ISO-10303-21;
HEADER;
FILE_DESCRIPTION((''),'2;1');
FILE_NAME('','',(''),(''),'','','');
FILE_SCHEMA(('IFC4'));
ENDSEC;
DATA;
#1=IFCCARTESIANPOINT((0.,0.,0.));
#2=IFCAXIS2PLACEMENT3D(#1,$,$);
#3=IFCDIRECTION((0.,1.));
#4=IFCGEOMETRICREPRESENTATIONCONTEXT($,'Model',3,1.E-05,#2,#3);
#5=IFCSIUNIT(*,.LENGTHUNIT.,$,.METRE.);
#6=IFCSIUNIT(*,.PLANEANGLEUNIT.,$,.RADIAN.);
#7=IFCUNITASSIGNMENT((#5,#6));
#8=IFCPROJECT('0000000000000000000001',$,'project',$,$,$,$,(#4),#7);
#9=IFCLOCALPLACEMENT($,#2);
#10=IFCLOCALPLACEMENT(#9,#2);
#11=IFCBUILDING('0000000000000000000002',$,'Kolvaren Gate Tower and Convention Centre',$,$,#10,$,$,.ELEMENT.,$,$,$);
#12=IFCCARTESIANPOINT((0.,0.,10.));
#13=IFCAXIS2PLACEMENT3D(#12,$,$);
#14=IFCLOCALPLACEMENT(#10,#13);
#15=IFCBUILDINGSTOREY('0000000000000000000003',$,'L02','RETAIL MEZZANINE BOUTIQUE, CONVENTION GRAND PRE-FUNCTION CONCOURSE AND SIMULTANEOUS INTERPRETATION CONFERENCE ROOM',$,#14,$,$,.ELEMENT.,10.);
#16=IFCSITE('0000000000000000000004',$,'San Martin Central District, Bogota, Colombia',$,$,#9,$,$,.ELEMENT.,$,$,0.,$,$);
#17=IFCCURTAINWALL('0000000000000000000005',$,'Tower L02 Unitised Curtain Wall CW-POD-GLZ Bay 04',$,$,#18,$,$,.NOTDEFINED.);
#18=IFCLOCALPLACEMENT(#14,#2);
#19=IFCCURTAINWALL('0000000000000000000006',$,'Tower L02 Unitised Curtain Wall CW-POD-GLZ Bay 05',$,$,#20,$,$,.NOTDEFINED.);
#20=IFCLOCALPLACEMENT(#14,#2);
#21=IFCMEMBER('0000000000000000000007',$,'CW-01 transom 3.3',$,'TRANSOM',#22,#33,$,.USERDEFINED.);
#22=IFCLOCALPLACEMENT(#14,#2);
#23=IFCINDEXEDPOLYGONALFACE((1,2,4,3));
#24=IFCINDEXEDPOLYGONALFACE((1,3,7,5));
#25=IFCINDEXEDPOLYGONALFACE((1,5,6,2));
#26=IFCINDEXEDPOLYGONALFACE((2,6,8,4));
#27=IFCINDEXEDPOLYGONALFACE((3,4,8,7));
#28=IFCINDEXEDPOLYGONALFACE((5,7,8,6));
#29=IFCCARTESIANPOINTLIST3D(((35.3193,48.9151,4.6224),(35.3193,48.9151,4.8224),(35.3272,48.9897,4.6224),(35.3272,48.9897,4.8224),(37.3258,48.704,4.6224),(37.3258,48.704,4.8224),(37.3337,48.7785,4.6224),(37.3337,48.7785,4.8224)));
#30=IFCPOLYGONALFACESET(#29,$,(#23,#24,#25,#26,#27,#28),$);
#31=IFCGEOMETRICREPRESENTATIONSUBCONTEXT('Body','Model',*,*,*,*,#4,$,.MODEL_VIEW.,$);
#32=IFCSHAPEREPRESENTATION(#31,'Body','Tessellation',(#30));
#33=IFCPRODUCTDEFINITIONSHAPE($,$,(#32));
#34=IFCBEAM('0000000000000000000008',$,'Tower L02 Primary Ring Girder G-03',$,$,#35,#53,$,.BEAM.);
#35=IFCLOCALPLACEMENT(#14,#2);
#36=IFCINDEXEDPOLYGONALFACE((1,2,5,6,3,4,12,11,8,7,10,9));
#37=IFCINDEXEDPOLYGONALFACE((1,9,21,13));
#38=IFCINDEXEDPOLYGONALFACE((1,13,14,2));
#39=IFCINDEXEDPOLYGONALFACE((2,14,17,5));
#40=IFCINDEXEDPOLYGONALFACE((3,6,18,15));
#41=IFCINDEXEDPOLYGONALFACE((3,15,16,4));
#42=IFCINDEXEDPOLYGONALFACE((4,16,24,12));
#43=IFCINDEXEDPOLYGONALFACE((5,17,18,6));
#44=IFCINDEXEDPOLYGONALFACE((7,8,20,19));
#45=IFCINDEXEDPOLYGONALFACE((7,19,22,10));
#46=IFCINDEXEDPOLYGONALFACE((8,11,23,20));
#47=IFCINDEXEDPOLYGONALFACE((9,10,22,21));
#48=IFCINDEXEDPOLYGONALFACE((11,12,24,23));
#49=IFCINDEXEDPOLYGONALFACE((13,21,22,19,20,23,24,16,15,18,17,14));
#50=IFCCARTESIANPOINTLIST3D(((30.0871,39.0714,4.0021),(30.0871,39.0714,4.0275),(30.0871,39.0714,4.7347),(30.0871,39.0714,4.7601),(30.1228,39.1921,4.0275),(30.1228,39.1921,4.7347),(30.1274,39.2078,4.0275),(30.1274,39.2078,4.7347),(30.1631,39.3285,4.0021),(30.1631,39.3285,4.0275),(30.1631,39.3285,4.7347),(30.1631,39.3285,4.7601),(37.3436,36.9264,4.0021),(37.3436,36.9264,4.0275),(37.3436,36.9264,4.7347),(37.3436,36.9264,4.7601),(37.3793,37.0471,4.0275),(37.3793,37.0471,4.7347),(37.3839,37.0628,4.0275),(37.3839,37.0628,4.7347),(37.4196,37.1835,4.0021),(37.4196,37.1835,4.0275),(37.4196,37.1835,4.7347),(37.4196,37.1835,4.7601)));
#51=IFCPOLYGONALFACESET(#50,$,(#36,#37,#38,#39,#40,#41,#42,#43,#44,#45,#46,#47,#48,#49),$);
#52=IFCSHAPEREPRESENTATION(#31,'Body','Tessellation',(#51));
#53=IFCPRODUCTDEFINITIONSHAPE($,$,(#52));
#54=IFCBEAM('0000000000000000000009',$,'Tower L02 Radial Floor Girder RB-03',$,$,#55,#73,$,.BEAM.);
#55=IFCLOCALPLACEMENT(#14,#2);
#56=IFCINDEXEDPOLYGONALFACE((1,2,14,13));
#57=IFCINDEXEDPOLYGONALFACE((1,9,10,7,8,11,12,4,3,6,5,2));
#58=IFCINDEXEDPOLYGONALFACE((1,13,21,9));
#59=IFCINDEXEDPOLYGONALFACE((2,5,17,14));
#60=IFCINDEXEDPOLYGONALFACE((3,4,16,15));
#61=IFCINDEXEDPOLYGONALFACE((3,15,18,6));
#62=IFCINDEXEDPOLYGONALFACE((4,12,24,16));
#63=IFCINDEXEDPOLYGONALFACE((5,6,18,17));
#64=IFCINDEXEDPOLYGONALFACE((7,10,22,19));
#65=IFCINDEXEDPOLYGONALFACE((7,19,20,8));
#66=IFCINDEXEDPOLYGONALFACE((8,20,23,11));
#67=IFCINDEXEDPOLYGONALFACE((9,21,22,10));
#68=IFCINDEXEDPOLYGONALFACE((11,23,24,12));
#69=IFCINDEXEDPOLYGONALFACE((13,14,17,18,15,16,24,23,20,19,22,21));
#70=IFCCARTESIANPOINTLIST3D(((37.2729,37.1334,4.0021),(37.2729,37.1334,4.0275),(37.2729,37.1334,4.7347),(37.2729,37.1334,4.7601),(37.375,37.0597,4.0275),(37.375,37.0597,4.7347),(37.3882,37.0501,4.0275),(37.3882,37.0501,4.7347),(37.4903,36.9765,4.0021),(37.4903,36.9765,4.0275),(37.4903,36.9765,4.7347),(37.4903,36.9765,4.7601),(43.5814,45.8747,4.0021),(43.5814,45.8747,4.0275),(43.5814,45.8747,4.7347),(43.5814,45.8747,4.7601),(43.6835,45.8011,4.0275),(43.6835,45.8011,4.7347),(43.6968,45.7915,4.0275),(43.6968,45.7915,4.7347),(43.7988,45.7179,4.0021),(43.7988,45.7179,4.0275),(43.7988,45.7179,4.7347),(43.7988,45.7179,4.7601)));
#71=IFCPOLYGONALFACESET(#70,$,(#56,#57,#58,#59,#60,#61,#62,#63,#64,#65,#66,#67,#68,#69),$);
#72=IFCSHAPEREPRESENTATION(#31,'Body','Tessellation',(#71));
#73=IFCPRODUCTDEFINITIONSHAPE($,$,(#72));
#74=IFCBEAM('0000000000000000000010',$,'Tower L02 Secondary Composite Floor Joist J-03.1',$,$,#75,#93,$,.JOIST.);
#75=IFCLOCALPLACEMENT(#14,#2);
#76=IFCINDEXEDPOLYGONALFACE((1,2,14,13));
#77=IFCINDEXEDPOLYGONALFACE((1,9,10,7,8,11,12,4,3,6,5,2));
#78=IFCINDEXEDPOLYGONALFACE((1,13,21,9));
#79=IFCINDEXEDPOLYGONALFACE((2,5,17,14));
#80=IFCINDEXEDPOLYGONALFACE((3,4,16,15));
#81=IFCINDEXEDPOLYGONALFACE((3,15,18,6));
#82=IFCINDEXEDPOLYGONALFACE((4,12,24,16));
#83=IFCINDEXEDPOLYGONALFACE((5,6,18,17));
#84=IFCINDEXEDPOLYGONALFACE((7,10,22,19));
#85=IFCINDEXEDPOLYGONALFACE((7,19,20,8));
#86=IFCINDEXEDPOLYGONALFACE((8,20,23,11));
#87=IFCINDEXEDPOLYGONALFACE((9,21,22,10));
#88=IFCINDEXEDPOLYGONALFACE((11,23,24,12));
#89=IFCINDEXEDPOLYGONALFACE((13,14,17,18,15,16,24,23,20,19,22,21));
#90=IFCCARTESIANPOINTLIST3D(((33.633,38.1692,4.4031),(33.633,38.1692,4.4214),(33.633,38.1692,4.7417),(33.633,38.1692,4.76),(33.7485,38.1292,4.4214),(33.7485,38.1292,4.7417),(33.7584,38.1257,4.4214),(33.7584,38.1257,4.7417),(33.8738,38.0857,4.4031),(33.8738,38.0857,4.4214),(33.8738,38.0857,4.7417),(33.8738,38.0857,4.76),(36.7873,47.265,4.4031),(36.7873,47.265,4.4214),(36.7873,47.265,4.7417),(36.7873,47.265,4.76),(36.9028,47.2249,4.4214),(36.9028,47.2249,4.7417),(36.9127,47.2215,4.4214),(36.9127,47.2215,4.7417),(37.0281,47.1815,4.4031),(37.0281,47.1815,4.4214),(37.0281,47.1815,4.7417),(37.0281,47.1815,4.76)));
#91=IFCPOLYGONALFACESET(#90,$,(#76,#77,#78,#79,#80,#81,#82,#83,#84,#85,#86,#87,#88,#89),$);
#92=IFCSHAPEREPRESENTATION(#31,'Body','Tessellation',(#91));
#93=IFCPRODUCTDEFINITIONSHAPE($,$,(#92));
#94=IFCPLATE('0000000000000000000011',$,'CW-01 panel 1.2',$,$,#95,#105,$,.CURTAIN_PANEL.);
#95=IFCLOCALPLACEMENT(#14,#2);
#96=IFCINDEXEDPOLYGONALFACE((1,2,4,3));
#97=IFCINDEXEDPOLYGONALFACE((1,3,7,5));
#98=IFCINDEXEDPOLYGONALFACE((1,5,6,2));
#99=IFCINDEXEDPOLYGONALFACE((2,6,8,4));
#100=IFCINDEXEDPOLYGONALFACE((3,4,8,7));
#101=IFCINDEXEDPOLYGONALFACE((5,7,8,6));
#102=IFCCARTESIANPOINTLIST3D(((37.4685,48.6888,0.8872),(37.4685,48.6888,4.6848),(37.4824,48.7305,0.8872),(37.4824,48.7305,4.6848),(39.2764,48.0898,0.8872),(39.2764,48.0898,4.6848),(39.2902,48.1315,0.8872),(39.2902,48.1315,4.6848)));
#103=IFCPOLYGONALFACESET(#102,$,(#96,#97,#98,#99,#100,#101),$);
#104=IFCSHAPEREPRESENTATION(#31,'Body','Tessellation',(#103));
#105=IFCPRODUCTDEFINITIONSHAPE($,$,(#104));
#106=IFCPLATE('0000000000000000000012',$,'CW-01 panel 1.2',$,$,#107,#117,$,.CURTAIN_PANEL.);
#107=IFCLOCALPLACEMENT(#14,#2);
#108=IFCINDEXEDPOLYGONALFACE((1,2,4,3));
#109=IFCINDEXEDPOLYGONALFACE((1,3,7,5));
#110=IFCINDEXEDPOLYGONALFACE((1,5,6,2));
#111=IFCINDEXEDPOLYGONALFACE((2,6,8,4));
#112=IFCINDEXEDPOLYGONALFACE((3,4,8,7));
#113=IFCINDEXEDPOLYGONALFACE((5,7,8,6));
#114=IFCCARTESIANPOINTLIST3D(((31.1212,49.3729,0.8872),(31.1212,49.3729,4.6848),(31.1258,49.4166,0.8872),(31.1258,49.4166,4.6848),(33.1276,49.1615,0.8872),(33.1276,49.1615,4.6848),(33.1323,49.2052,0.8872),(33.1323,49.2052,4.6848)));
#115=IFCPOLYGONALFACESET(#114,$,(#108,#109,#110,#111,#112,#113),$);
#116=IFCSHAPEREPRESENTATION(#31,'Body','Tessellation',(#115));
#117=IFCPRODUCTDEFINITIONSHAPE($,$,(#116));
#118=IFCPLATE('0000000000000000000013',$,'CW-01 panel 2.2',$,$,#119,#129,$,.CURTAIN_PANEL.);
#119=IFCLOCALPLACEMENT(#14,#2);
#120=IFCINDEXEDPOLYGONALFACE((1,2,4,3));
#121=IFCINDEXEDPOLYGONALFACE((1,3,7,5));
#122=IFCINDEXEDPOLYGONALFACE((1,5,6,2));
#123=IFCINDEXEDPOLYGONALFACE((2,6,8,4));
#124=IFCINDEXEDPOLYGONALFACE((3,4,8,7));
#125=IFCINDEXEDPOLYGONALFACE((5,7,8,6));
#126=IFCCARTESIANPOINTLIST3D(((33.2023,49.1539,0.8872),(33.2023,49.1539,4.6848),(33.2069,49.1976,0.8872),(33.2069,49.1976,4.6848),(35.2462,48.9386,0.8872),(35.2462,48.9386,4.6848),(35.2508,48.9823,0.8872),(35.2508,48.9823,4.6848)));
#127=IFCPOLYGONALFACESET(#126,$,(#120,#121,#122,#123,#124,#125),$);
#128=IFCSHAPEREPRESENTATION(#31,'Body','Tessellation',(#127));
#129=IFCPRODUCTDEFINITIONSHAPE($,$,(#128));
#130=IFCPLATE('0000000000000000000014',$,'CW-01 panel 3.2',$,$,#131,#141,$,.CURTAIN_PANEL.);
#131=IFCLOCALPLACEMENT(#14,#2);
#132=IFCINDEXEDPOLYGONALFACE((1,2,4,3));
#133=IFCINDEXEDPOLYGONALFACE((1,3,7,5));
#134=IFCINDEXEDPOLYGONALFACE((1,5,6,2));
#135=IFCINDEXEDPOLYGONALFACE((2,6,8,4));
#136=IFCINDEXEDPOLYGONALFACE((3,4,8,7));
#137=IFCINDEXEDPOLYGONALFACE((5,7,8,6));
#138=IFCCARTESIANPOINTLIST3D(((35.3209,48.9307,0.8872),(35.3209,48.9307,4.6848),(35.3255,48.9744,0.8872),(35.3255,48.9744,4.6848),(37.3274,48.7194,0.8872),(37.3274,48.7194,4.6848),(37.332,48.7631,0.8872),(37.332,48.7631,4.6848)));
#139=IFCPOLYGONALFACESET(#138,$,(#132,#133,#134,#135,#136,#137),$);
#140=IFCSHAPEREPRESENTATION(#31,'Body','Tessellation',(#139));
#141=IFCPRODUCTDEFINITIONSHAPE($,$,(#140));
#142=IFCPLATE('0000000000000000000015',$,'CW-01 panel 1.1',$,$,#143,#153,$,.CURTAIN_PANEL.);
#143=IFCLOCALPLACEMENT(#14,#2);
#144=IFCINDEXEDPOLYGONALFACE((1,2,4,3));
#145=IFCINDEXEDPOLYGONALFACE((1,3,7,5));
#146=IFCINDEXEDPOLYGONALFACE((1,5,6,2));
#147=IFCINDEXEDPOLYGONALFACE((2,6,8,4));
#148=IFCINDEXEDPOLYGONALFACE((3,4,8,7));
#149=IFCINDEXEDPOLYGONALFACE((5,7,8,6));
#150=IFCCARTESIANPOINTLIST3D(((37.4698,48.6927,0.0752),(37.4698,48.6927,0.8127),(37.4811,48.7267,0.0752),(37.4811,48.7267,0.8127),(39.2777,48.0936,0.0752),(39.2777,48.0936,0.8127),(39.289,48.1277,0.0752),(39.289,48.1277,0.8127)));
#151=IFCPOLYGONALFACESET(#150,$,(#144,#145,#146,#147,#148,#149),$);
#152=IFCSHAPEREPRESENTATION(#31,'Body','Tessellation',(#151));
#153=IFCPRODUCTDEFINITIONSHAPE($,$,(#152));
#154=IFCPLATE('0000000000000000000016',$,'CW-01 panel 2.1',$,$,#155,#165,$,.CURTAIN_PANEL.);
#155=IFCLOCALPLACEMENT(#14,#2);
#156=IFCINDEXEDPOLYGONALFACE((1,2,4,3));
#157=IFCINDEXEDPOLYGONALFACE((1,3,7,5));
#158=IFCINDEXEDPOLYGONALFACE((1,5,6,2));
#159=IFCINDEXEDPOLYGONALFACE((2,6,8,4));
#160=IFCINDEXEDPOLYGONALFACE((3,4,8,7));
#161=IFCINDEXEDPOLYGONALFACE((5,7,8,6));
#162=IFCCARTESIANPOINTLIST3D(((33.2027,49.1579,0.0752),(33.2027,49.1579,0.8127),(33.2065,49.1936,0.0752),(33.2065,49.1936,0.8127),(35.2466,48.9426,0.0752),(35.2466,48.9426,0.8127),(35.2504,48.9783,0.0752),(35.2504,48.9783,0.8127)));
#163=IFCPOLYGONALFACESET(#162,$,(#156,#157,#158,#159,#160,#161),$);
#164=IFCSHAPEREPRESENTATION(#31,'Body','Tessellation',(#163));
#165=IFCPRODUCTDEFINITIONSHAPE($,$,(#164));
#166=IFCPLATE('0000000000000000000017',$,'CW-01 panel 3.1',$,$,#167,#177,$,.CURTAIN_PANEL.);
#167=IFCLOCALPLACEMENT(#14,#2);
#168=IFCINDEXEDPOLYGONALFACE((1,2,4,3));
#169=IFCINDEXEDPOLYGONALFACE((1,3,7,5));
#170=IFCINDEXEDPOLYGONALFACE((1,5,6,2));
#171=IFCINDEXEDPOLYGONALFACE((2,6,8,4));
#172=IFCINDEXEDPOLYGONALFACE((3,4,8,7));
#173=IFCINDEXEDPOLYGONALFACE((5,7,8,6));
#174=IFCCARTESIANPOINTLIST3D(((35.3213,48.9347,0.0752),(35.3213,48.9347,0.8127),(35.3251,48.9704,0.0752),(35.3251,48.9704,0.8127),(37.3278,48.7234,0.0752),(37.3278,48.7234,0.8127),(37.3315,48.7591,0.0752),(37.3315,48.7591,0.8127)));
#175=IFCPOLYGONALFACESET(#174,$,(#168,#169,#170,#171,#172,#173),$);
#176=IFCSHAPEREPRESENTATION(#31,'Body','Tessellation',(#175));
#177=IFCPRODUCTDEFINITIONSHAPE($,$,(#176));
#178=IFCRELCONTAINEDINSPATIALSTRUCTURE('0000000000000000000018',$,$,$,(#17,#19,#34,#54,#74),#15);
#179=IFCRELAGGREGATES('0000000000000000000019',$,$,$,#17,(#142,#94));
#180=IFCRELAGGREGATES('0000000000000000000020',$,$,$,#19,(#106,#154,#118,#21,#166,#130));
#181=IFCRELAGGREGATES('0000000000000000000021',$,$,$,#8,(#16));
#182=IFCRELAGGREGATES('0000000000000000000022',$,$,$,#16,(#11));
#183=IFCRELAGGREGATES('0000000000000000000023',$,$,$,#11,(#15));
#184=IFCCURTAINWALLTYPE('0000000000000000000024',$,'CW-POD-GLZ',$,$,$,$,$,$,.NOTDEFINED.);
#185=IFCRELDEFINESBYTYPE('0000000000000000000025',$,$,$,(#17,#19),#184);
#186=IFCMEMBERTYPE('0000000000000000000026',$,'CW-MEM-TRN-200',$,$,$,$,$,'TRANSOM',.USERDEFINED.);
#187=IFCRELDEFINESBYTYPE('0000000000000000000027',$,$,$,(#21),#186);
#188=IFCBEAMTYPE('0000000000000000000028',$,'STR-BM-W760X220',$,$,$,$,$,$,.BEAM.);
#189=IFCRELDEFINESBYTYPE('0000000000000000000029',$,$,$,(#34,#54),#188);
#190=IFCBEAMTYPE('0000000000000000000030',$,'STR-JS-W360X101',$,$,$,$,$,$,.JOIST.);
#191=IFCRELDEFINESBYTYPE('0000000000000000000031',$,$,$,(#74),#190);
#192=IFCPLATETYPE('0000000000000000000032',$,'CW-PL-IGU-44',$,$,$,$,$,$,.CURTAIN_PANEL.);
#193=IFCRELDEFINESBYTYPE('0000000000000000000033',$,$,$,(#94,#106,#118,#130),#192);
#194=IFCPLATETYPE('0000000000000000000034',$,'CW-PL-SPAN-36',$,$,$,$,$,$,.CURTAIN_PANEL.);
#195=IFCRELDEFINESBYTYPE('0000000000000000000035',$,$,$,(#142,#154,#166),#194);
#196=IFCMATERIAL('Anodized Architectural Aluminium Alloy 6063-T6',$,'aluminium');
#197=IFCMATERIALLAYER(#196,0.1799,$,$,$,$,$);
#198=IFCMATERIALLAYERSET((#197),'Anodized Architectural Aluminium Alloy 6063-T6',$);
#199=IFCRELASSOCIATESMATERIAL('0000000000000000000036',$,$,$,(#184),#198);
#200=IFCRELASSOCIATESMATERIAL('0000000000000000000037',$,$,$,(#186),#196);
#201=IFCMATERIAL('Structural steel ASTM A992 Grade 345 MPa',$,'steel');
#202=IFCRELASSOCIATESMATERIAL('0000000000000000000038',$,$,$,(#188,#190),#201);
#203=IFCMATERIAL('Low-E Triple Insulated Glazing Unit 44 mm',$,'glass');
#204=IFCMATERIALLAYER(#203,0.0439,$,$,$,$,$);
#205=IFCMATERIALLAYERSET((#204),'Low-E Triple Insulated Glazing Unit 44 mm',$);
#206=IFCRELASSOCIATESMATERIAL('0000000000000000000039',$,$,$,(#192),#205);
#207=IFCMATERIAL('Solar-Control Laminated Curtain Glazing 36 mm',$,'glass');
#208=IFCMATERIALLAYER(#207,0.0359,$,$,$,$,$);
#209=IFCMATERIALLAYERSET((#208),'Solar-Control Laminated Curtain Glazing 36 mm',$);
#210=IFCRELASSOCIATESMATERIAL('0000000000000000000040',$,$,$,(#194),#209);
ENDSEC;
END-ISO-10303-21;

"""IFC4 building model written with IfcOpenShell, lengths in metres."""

from ifc_helpers import new_model, si_unit, direction, frame, origin, origin_2d, place, context, subcontext, project, spatial, rectangle, i_section, extrude, material, layer, layer_set, material_profile, profile_set, type_object, element, aggregate, save


model = new_model("IFC4")

# Units and contexts
model_context = context("Model", 3, precision=1e-05, world=origin(), true_north=direction((0.0, 1.0)))
body_context = subcontext(model_context, "Body", "Model", "MODEL_VIEW")
ifc_project = project(units=[si_unit("LENGTHUNIT", "METRE"), si_unit("PLANEANGLEUNIT", "RADIAN")], contexts=[model_context])

# Site, building, storey
site_placement = place(None, origin())
site = spatial("IfcSite", under=ifc_project, at=site_placement, Name="San Martin Central District, Bogota, Colombia", CompositionType="ELEMENT", RefElevation=0.0)
building_placement = place(site_placement, origin())
building = spatial("IfcBuilding", under=site, at=building_placement, Name="Kolvaren Gate Tower and Convention Centre", CompositionType="ELEMENT")
storey_placement = place(building_placement, frame((0.0, 0.0, 10.0)))
storey = spatial("IfcBuildingStorey", under=building, at=storey_placement, Name="L02", Description="RETAIL MEZZANINE BOUTIQUE, CONVENTION GRAND PRE-FUNCTION CONCOURSE AND SIMULTANEOUS INTERPRETATION CONFERENCE ROOM", CompositionType="ELEMENT", Elevation=10.0)

# Curtain walls
ifc_material_1 = material(Name="Anodized Architectural Aluminium Alloy 6063-T6", Category="aluminium")
ifc_layer_1 = layer(ifc_material_1, 0.1799)
ifc_layer_set_1 = layer_set([ifc_layer_1], Name="Anodized Architectural Aluminium Alloy 6063-T6")
curtain_wall_type = type_object("IfcCurtainWallType", Name="CW-POD-GLZ", PredefinedType="NOTDEFINED", material=ifc_layer_set_1)
curtain_wall_1_placement = place(storey_placement, origin())
curtain_wall_1 = element("IfcCurtainWall", 1, at=curtain_wall_1_placement, inside=storey, type_object=curtain_wall_type, Name="Tower L02 Unitised Curtain Wall CW-POD-GLZ Bay 04", PredefinedType="NOTDEFINED")
curtain_wall_2_placement = place(storey_placement, origin())
curtain_wall_2 = element("IfcCurtainWall", 2, at=curtain_wall_2_placement, inside=storey, type_object=curtain_wall_type, Name="Tower L02 Unitised Curtain Wall CW-POD-GLZ Bay 05", PredefinedType="NOTDEFINED")

# Member
ifc_material_profile_1 = material_profile(ifc_material_1, rectangle(XDim=0.075, YDim=0.2, at=origin_2d()), Name="CW-MEM-TRN-200")
ifc_profile_set_1 = profile_set([ifc_material_profile_1], Name="Anodized Architectural Aluminium Alloy 6063-T6")
member_type_1 = type_object("IfcMemberType", Name="CW-MEM-TRN-200", ElementType="TRANSOM", PredefinedType="USERDEFINED", material=ifc_profile_set_1)
member_1_placement = place(storey_placement, frame((35.3232, 48.9524, 4.7224), z_axis=(0.994507, -0.104666, 0.0), x_axis=(0.104666, 0.994507, 0.0)))
member_1 = element("IfcMember", 3, at=member_1_placement, type_object=member_type_1, Name="CW-01 transom 3.3", ObjectType="TRANSOM", PredefinedType="USERDEFINED", context=body_context, shape_type="SweptSolid", body=[
    extrude(rectangle(XDim=0.075, YDim=0.2, at=origin_2d()), origin(), (0.0, 0.0, 1.0), 2.0176),
])

# Beams
ifc_material_2 = material(Name="Structural steel ASTM A992 Grade 345 MPa", Category="steel")
ifc_material_profile_2 = material_profile(ifc_material_2, i_section(OverallWidth=0.2681, OverallDepth=0.7581, WebThickness=0.0164, FlangeThickness=0.0254, at=origin_2d()), Name="W760X220")
ifc_profile_set_2 = profile_set([ifc_material_profile_2], Name="Structural steel ASTM A992 Grade 345 MPa")
beam_type_1 = type_object("IfcBeamType", Name="STR-BM-W760X220", PredefinedType="BEAM", material=ifc_profile_set_2)
beam_1_placement = place(storey_placement, frame((37.3816, 37.0549, 4.3811), z_axis=(-0.958981, 0.283471, 0.0), x_axis=(-0.283471, -0.958981, 0.0)))
element("IfcBeam", 4, at=beam_1_placement, inside=storey, type_object=beam_type_1, Name="Tower L02 Primary Ring Girder G-03", PredefinedType="BEAM", context=body_context, shape_type="SweptSolid", body=[
    extrude(i_section(OverallWidth=0.2681, OverallDepth=0.7581, WebThickness=0.0164, FlangeThickness=0.0254, at=origin_2d()), origin(), (0.0, 0.0, 1.0), 7.5669),
])
beam_2_placement = place(storey_placement, frame((37.3816, 37.0549, 4.3811), z_axis=(0.585205, 0.810885, 0.0), x_axis=(-0.810885, 0.585205, 0.0)))
element("IfcBeam", 5, at=beam_2_placement, inside=storey, type_object=beam_type_1, Name="Tower L02 Radial Floor Girder RB-03", PredefinedType="BEAM", context=body_context, shape_type="SweptSolid", body=[
    extrude(i_section(OverallWidth=0.2681, OverallDepth=0.7581, WebThickness=0.0164, FlangeThickness=0.0254, at=origin_2d()), origin(), (0.0, 0.0, 1.0), 10.78),
])
ifc_material_profile_3 = material_profile(ifc_material_2, i_section(OverallWidth=0.2549, OverallDepth=0.3569, WebThickness=0.0105, FlangeThickness=0.0183, at=origin_2d()), Name="W360X101")
ifc_profile_set_3 = profile_set([ifc_material_profile_3], Name="Structural steel ASTM A992 Grade 345 MPa")
beam_type_2 = type_object("IfcBeamType", Name="STR-JS-W360X101", PredefinedType="JOIST", material=ifc_profile_set_3)
beam_3_placement = place(storey_placement, frame((33.7534, 38.1274, 4.5815), z_axis=(0.327647, 0.9448, 0.0), x_axis=(-0.9448, 0.327647, 0.0)))
element("IfcBeam", 6, at=beam_3_placement, inside=storey, type_object=beam_type_2, Name="Tower L02 Secondary Composite Floor Joist J-03.1", PredefinedType="JOIST", context=body_context, shape_type="SweptSolid", body=[
    extrude(i_section(OverallWidth=0.2549, OverallDepth=0.3569, WebThickness=0.0105, FlangeThickness=0.0183, at=origin_2d()), origin(), (0.0, 0.0, 1.0), 9.6272),
])

# Plates
ifc_material_3 = material(Name="Low-E Triple Insulated Glazing Unit 44 mm", Category="glass")
ifc_layer_2 = layer(ifc_material_3, 0.0439)
ifc_layer_set_2 = layer_set([ifc_layer_2], Name="Low-E Triple Insulated Glazing Unit 44 mm")
plate_type_1 = type_object("IfcPlateType", Name="CW-PL-IGU-44", PredefinedType="CURTAIN_PANEL", material=ifc_layer_set_2)
plate_1_placement = place(storey_placement, frame((38.3794, 48.4102, 0.8872), z_axis=(0.0, 0.0, 1.0), x_axis=(0.949244, -0.314542, 0.0)))
plate_1 = element("IfcPlate", 7, at=plate_1_placement, type_object=plate_type_1, Name="CW-01 panel 1.2", PredefinedType="CURTAIN_PANEL", context=body_context, shape_type="SweptSolid", body=[
    extrude(rectangle(XDim=1.9045, YDim=0.0439, at=origin_2d()), origin(), (0.0, 0.0, 1.0), 3.7976),
])
plate_2_placement = place(storey_placement, frame((32.1267, 49.2891, 0.8872), z_axis=(0.0, 0.0, 1.0), x_axis=(0.994499, -0.104748, 0.0)))
plate_2 = element("IfcPlate", 8, at=plate_2_placement, type_object=plate_type_1, Name="CW-01 panel 1.2", PredefinedType="CURTAIN_PANEL", context=body_context, shape_type="SweptSolid", body=[
    extrude(rectangle(XDim=2.0176, YDim=0.0439, at=origin_2d()), origin(), (0.0, 0.0, 1.0), 3.7976),
])
plate_3_placement = place(storey_placement, frame((34.2266, 49.0681, 0.8872), z_axis=(0.0, 0.0, 1.0), x_axis=(0.994499, -0.104748, 0.0)))
plate_3 = element("IfcPlate", 9, at=plate_3_placement, type_object=plate_type_1, Name="CW-01 panel 2.2", PredefinedType="CURTAIN_PANEL", context=body_context, shape_type="SweptSolid", body=[
    extrude(rectangle(XDim=2.0552, YDim=0.0439, at=origin_2d()), origin(), (0.0, 0.0, 1.0), 3.7976),
])
plate_4_placement = place(storey_placement, frame((36.3264, 48.8469, 0.8872), z_axis=(0.0, 0.0, 1.0), x_axis=(0.994499, -0.104748, 0.0)))
plate_4 = element("IfcPlate", 10, at=plate_4_placement, type_object=plate_type_1, Name="CW-01 panel 3.2", PredefinedType="CURTAIN_PANEL", context=body_context, shape_type="SweptSolid", body=[
    extrude(rectangle(XDim=2.0176, YDim=0.0439, at=origin_2d()), origin(), (0.0, 0.0, 1.0), 3.7976),
])
ifc_material_4 = material(Name="Solar-Control Laminated Curtain Glazing 36 mm", Category="glass")
ifc_layer_3 = layer(ifc_material_4, 0.0359)
ifc_layer_set_3 = layer_set([ifc_layer_3], Name="Solar-Control Laminated Curtain Glazing 36 mm")
plate_type_2 = type_object("IfcPlateType", Name="CW-PL-SPAN-36", PredefinedType="CURTAIN_PANEL", material=ifc_layer_set_3)
plate_5_placement = place(storey_placement, frame((38.3794, 48.4102, 0.0752), z_axis=(0.0, 0.0, 1.0), x_axis=(0.949244, -0.314542, 0.0)))
plate_5 = element("IfcPlate", 11, at=plate_5_placement, type_object=plate_type_2, Name="CW-01 panel 1.1", PredefinedType="CURTAIN_PANEL", context=body_context, shape_type="SweptSolid", body=[
    extrude(rectangle(XDim=1.9045, YDim=0.0359, at=origin_2d()), origin(), (0.0, 0.0, 1.0), 0.7375),
])
aggregate(curtain_wall_1, [plate_5, plate_1])
plate_6_placement = place(storey_placement, frame((34.2266, 49.0681, 0.0752), z_axis=(0.0, 0.0, 1.0), x_axis=(0.994499, -0.104748, 0.0)))
plate_6 = element("IfcPlate", 12, at=plate_6_placement, type_object=plate_type_2, Name="CW-01 panel 2.1", PredefinedType="CURTAIN_PANEL", context=body_context, shape_type="SweptSolid", body=[
    extrude(rectangle(XDim=2.0552, YDim=0.0359, at=origin_2d()), origin(), (0.0, 0.0, 1.0), 0.7375),
])
plate_7_placement = place(storey_placement, frame((36.3264, 48.8469, 0.0752), z_axis=(0.0, 0.0, 1.0), x_axis=(0.994499, -0.104748, 0.0)))
plate_7 = element("IfcPlate", 13, at=plate_7_placement, type_object=plate_type_2, Name="CW-01 panel 3.1", PredefinedType="CURTAIN_PANEL", context=body_context, shape_type="SweptSolid", body=[
    extrude(rectangle(XDim=2.0176, YDim=0.0359, at=origin_2d()), origin(), (0.0, 0.0, 1.0), 0.7375),
])
aggregate(curtain_wall_2, [plate_2, plate_6, plate_3, member_1, plate_7, plate_4])

save(model, "model.ifc")
